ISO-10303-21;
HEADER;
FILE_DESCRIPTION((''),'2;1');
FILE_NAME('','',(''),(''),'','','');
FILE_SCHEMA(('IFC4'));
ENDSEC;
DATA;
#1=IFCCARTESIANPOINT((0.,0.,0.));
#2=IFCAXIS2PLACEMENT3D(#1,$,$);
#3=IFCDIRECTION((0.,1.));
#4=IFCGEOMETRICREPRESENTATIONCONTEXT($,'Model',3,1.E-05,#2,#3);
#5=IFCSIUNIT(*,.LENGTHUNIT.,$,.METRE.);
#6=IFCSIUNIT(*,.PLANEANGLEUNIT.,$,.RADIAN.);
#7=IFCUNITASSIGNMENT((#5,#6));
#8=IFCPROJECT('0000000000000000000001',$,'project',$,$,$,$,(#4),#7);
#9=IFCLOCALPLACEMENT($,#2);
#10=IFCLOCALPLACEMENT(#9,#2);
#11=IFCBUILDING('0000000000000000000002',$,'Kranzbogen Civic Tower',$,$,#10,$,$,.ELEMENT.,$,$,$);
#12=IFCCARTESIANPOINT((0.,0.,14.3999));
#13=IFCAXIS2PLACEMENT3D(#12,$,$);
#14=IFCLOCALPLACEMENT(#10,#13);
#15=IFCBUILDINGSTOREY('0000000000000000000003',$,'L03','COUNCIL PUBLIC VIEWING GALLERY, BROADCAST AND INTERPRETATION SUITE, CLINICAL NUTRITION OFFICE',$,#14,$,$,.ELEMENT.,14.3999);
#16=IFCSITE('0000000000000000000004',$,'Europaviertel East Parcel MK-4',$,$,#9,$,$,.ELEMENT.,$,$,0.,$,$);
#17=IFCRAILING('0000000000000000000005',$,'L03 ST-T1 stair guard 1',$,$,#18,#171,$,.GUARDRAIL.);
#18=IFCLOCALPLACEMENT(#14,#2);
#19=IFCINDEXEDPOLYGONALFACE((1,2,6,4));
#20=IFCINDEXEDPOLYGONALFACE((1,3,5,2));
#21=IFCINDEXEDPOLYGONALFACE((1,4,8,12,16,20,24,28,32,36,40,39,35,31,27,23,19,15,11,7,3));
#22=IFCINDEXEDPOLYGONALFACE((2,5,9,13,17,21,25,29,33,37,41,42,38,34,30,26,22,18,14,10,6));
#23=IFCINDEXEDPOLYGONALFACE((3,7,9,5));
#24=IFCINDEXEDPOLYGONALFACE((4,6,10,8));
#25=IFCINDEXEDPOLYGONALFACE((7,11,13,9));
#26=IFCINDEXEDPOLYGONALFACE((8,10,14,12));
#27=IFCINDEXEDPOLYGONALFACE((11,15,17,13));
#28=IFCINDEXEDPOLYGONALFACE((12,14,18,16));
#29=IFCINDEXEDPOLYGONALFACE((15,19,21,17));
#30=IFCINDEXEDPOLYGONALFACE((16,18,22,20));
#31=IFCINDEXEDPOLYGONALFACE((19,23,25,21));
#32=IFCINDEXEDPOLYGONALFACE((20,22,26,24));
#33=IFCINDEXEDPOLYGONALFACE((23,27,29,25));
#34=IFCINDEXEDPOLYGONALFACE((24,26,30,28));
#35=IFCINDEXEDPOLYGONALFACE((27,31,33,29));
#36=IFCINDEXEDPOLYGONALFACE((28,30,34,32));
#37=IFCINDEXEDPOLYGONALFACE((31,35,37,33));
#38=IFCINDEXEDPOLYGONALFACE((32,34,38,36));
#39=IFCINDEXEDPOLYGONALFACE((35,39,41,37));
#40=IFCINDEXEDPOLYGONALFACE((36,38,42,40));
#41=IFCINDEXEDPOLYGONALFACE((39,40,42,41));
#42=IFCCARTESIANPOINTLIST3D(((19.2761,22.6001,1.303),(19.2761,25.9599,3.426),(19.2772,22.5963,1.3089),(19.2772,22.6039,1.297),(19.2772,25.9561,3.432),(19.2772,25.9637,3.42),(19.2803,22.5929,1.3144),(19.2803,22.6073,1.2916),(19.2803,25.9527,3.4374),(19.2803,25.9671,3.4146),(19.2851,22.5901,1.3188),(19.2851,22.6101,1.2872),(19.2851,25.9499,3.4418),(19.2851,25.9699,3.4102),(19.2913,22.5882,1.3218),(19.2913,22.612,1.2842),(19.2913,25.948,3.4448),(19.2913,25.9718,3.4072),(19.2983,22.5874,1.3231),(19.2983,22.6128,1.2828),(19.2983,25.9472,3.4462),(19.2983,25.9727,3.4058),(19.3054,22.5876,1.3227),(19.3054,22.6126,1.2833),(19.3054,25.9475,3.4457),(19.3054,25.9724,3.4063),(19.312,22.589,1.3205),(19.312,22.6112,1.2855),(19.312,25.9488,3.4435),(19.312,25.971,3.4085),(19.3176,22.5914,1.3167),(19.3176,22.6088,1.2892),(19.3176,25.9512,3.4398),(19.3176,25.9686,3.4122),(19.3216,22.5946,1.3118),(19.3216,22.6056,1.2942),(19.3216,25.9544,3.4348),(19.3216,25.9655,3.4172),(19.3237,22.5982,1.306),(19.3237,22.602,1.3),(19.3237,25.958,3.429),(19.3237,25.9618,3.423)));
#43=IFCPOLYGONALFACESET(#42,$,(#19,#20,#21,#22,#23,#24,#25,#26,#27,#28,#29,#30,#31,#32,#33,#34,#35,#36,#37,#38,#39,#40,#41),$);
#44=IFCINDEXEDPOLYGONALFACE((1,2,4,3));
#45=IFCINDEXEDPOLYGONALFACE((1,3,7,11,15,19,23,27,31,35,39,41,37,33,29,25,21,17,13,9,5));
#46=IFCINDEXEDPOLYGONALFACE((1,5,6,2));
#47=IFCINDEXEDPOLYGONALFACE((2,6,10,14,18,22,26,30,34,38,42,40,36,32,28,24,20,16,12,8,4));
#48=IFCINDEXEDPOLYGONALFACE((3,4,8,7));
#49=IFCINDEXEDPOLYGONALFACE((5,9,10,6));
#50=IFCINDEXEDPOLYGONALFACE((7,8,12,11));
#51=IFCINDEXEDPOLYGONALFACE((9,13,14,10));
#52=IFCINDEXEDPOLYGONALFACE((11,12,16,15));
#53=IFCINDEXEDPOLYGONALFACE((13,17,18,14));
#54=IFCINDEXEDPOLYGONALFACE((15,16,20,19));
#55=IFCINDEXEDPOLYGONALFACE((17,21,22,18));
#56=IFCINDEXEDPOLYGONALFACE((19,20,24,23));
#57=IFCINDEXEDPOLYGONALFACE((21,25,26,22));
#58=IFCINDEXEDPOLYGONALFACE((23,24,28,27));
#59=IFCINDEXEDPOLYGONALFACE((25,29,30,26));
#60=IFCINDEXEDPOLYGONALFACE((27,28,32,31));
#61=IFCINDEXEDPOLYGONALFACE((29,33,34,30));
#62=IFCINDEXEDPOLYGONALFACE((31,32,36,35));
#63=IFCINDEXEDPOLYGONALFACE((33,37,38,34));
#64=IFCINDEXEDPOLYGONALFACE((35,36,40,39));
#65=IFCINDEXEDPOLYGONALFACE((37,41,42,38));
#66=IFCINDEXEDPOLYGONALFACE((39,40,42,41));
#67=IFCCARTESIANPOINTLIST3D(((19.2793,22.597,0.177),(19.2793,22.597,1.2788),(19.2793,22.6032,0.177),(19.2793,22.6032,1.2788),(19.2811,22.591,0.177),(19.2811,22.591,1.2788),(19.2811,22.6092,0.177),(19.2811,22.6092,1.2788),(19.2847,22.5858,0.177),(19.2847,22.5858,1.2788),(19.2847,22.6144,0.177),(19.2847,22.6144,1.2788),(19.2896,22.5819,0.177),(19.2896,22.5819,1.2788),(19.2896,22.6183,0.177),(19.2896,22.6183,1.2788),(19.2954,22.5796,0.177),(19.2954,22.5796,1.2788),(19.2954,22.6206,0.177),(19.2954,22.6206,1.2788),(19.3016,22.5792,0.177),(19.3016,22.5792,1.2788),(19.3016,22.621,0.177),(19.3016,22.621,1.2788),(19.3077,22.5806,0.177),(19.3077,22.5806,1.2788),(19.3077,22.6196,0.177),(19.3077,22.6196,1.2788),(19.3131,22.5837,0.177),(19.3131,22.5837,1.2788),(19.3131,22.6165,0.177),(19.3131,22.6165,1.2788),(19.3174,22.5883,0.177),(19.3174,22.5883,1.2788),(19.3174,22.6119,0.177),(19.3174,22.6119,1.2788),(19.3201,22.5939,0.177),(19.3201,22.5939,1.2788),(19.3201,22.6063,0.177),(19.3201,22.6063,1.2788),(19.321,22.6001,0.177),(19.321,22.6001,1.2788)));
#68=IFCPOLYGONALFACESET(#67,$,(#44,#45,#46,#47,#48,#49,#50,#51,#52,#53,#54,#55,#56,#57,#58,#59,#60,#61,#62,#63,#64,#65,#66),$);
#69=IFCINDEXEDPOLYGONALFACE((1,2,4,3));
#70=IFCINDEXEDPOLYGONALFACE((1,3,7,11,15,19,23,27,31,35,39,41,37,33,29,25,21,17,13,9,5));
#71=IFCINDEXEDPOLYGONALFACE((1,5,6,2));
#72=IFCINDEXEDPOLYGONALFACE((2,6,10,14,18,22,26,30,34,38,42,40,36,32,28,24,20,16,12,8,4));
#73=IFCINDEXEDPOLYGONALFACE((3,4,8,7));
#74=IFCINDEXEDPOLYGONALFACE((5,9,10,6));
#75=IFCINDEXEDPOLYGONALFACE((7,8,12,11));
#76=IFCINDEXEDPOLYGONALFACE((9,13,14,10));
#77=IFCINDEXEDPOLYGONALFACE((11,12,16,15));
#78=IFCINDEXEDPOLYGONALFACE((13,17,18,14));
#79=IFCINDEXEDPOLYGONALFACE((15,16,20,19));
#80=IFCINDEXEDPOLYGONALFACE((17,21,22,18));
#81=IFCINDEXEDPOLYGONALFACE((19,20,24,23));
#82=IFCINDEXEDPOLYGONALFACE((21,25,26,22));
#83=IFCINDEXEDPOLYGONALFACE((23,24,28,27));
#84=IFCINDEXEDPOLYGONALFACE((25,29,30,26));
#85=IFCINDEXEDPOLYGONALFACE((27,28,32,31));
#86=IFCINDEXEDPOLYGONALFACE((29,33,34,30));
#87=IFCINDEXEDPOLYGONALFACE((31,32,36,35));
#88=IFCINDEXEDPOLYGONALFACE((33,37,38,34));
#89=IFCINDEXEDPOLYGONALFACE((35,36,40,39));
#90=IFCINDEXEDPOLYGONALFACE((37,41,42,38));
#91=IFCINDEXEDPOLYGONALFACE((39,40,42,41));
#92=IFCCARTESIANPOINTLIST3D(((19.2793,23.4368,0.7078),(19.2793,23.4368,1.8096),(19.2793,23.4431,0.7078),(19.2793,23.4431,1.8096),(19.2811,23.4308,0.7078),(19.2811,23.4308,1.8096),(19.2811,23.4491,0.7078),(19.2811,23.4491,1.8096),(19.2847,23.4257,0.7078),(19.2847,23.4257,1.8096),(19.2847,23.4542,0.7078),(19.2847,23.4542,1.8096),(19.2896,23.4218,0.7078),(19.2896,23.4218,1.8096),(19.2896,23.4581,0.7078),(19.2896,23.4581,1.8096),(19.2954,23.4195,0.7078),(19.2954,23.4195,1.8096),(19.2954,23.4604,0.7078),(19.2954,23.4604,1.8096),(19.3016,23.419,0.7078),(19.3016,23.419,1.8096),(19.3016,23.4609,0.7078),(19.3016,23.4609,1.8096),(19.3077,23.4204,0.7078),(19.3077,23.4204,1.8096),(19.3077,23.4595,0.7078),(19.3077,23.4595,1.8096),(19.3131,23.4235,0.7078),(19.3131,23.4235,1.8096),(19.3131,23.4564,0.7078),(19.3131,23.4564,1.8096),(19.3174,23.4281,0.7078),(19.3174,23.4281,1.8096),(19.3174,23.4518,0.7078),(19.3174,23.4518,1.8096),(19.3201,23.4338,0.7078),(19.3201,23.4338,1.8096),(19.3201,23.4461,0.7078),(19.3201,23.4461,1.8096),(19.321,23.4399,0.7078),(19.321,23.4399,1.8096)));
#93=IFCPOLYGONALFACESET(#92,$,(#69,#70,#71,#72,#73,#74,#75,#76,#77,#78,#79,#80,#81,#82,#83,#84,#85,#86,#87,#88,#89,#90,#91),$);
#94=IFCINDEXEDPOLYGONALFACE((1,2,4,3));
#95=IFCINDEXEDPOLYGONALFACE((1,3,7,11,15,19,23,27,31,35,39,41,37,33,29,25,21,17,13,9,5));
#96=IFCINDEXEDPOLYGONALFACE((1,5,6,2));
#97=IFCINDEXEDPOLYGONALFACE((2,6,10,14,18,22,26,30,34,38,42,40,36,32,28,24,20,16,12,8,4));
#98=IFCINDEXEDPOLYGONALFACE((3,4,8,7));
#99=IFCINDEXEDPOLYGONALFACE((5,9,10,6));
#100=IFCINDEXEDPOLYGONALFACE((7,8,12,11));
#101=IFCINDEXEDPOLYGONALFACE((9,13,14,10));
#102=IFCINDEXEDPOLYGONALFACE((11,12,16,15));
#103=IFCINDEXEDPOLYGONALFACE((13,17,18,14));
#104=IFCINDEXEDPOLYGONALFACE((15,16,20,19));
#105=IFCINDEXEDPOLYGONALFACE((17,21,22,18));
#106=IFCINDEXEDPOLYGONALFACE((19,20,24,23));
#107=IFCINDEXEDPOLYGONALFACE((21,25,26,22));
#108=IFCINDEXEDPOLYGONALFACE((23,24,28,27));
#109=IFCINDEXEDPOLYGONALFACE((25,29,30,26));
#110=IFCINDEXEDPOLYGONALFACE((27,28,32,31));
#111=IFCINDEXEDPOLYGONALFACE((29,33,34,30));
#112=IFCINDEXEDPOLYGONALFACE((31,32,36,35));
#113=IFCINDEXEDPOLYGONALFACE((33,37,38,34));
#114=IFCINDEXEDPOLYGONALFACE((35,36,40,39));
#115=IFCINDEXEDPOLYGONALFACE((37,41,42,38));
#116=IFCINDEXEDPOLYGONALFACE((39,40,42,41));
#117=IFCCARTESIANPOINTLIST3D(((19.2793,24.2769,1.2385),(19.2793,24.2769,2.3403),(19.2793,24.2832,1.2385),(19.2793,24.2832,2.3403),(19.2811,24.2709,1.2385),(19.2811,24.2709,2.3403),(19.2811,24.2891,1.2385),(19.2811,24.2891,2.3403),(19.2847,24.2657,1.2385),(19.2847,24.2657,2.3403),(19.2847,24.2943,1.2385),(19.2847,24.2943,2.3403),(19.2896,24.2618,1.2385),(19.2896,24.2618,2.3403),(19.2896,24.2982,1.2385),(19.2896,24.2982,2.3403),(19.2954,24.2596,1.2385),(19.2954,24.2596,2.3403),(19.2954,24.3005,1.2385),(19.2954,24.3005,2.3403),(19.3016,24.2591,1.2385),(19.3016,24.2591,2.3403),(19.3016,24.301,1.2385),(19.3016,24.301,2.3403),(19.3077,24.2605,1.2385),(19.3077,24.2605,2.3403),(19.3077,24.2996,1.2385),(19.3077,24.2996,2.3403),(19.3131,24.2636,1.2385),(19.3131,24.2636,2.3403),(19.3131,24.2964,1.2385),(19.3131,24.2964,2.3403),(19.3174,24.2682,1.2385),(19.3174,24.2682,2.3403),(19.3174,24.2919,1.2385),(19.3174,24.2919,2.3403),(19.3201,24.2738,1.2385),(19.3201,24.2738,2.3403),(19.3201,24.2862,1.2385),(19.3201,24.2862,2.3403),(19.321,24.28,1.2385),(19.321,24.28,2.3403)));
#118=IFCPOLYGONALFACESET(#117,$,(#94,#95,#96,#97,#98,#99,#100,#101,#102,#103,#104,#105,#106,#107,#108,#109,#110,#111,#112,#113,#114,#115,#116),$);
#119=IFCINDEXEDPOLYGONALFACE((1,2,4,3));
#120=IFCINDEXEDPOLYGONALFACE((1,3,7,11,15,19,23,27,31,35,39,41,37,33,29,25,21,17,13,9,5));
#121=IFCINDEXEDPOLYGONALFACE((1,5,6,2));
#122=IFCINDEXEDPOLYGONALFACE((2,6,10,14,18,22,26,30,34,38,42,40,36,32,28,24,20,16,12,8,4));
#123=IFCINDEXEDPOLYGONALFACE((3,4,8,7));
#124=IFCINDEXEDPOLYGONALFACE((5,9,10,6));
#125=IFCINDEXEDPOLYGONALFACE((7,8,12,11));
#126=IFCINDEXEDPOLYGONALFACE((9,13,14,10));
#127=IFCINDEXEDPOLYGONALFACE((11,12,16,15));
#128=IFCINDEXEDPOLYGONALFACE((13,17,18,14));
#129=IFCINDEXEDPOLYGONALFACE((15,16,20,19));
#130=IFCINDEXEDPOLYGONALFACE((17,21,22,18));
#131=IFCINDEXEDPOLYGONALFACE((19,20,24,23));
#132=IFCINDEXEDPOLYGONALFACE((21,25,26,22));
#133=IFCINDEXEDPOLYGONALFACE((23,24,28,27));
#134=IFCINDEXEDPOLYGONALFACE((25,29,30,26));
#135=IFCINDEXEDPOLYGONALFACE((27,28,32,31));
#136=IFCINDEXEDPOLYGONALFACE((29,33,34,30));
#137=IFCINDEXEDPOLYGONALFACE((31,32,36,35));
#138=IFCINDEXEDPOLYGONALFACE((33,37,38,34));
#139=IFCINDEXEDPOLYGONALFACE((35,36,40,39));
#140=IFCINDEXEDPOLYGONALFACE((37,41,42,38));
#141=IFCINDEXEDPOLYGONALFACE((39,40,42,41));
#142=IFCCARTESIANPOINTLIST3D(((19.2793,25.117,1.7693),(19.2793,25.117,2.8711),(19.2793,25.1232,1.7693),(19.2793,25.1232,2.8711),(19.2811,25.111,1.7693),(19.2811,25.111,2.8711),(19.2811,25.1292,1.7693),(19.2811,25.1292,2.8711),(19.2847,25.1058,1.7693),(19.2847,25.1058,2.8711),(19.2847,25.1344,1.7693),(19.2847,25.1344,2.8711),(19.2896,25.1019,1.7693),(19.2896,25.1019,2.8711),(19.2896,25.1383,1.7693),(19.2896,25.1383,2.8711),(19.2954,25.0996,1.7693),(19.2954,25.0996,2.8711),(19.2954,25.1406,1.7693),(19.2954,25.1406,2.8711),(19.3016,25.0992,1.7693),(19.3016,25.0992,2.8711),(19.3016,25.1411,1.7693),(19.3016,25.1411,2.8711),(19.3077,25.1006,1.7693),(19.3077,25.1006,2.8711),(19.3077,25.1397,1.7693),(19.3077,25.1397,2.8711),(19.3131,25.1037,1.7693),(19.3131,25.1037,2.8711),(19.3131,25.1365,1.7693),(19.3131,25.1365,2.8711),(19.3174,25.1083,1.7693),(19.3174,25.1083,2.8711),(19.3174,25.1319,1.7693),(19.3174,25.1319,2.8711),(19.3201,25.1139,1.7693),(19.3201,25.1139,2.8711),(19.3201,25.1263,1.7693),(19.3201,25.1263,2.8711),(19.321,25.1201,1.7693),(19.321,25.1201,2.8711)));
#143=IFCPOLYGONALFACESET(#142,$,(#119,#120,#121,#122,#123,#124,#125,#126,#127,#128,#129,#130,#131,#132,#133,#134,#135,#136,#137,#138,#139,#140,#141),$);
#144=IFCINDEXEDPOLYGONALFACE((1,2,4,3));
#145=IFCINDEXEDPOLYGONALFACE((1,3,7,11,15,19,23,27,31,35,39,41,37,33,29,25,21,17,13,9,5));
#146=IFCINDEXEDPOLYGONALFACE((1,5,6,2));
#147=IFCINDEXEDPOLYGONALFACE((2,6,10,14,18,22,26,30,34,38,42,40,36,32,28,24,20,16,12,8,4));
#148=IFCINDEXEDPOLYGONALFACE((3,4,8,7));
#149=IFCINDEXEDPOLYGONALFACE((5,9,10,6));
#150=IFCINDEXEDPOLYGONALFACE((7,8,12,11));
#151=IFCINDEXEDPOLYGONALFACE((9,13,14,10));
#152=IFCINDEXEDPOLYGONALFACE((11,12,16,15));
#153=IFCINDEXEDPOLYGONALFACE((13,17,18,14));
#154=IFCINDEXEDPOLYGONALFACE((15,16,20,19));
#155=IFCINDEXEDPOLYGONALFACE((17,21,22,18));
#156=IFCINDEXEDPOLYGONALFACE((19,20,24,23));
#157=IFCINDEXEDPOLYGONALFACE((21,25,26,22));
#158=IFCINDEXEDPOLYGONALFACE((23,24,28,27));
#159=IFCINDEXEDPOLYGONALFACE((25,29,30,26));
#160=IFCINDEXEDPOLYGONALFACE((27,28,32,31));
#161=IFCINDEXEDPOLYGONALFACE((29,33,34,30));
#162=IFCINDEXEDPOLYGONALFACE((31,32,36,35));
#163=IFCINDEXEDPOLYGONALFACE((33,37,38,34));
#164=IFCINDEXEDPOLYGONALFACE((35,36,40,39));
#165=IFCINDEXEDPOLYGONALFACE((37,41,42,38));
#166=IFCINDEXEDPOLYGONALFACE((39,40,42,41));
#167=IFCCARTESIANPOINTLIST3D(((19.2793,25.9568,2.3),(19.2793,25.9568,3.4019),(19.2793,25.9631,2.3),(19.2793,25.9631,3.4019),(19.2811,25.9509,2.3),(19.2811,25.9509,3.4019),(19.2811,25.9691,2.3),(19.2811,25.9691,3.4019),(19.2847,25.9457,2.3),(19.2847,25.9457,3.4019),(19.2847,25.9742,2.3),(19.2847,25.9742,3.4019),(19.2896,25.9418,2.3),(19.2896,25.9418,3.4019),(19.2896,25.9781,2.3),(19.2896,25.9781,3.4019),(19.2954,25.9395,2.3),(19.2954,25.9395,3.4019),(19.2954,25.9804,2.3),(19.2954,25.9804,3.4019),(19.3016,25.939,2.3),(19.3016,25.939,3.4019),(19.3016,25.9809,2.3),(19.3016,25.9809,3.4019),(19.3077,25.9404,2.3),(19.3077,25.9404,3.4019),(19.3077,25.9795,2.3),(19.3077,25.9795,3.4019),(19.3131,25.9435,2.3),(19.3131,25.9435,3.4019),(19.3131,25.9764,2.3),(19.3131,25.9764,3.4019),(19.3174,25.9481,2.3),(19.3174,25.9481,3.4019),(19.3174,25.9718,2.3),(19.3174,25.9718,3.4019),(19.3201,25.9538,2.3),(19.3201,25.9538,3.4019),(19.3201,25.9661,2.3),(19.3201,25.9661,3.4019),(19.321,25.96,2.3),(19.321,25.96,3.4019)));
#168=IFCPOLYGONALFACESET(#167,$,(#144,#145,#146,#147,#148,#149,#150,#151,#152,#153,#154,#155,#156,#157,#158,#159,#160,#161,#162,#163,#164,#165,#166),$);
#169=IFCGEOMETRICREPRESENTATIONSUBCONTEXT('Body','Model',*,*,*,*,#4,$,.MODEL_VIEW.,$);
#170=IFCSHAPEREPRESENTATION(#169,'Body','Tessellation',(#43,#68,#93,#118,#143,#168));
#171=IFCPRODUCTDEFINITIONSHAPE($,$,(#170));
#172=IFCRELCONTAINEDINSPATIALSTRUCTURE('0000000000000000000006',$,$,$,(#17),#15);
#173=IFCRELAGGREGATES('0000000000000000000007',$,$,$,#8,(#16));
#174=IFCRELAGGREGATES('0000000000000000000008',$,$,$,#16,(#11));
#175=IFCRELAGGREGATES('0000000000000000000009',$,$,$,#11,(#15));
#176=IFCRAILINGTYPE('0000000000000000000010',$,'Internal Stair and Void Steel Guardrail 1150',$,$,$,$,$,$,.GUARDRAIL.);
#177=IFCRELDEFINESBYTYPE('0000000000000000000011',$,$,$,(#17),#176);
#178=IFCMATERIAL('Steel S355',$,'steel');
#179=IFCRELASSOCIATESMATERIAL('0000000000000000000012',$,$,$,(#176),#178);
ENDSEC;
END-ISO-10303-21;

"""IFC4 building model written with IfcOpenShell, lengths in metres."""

from ifc_helpers import new_model, si_unit, direction, frame, origin, origin_2d, place, context, subcontext, project, spatial, circle, extrude, material, type_object, element, save


model = new_model("IFC4")

# Units and contexts
model_context = context("Model", 3, precision=1e-05, world=origin(), true_north=direction((0.0, 1.0)))
body_context = subcontext(model_context, "Body", "Model", "MODEL_VIEW")
ifc_project = project(units=[si_unit("LENGTHUNIT", "METRE"), si_unit("PLANEANGLEUNIT", "RADIAN")], contexts=[model_context])

# Site, building, storey
site_placement = place(None, origin())
site = spatial("IfcSite", under=ifc_project, at=site_placement, Name="Europaviertel East Parcel MK-4", CompositionType="ELEMENT", RefElevation=0.0)
building_placement = place(site_placement, origin())
building = spatial("IfcBuilding", under=site, at=building_placement, Name="Kranzbogen Civic Tower", CompositionType="ELEMENT")
storey_placement = place(building_placement, frame((0.0, 0.0, 14.3999)))
storey = spatial("IfcBuildingStorey", under=building, at=storey_placement, Name="L03", Description="COUNCIL PUBLIC VIEWING GALLERY, BROADCAST AND INTERPRETATION SUITE, CLINICAL NUTRITION OFFICE", CompositionType="ELEMENT", Elevation=14.3999)

# Shared definitions
ifc_material_1 = material(Name="Steel S355", Category="steel")

# Railing
railing_type_1 = type_object("IfcRailingType", Name="Internal Stair and Void Steel Guardrail 1150", PredefinedType="GUARDRAIL", material=ifc_material_1)
railing_1_placement = place(storey_placement, frame((19.3, 22.6001, 0.177)))
element("IfcRailing", 1, at=railing_1_placement, inside=storey, type_object=railing_type_1, Name="L03 ST-T1 stair guard 1", PredefinedType="GUARDRAIL", context=body_context, shape_type="SweptSolid", body=[
    extrude(circle(Radius=0.0239, at=origin_2d()), frame((0.0, 0.0, 1.126), z_axis=(0.0, 0.845372, 0.534178), x_axis=(-1.0, 0.0, 0.0)), (0.0, 0.0, 1.0), 3.9744),
    extrude(circle(Radius=0.021, at=origin_2d()), origin(), (0.0, 0.0, 1.0), 1.1018),
    extrude(circle(Radius=0.021, at=origin_2d()), frame((0.0, 0.8398, 0.5308)), (0.0, 0.0, 1.0), 1.1018),
    extrude(circle(Radius=0.021, at=origin_2d()), frame((0.0, 1.6799, 1.0615)), (0.0, 0.0, 1.0), 1.1018),
    extrude(circle(Radius=0.021, at=origin_2d()), frame((0.0, 2.52, 1.5923)), (0.0, 0.0, 1.0), 1.1018),
    extrude(circle(Radius=0.021, at=origin_2d()), frame((0.0, 3.3599, 2.123)), (0.0, 0.0, 1.0), 1.1018),
])

save(model, "model.ifc")
